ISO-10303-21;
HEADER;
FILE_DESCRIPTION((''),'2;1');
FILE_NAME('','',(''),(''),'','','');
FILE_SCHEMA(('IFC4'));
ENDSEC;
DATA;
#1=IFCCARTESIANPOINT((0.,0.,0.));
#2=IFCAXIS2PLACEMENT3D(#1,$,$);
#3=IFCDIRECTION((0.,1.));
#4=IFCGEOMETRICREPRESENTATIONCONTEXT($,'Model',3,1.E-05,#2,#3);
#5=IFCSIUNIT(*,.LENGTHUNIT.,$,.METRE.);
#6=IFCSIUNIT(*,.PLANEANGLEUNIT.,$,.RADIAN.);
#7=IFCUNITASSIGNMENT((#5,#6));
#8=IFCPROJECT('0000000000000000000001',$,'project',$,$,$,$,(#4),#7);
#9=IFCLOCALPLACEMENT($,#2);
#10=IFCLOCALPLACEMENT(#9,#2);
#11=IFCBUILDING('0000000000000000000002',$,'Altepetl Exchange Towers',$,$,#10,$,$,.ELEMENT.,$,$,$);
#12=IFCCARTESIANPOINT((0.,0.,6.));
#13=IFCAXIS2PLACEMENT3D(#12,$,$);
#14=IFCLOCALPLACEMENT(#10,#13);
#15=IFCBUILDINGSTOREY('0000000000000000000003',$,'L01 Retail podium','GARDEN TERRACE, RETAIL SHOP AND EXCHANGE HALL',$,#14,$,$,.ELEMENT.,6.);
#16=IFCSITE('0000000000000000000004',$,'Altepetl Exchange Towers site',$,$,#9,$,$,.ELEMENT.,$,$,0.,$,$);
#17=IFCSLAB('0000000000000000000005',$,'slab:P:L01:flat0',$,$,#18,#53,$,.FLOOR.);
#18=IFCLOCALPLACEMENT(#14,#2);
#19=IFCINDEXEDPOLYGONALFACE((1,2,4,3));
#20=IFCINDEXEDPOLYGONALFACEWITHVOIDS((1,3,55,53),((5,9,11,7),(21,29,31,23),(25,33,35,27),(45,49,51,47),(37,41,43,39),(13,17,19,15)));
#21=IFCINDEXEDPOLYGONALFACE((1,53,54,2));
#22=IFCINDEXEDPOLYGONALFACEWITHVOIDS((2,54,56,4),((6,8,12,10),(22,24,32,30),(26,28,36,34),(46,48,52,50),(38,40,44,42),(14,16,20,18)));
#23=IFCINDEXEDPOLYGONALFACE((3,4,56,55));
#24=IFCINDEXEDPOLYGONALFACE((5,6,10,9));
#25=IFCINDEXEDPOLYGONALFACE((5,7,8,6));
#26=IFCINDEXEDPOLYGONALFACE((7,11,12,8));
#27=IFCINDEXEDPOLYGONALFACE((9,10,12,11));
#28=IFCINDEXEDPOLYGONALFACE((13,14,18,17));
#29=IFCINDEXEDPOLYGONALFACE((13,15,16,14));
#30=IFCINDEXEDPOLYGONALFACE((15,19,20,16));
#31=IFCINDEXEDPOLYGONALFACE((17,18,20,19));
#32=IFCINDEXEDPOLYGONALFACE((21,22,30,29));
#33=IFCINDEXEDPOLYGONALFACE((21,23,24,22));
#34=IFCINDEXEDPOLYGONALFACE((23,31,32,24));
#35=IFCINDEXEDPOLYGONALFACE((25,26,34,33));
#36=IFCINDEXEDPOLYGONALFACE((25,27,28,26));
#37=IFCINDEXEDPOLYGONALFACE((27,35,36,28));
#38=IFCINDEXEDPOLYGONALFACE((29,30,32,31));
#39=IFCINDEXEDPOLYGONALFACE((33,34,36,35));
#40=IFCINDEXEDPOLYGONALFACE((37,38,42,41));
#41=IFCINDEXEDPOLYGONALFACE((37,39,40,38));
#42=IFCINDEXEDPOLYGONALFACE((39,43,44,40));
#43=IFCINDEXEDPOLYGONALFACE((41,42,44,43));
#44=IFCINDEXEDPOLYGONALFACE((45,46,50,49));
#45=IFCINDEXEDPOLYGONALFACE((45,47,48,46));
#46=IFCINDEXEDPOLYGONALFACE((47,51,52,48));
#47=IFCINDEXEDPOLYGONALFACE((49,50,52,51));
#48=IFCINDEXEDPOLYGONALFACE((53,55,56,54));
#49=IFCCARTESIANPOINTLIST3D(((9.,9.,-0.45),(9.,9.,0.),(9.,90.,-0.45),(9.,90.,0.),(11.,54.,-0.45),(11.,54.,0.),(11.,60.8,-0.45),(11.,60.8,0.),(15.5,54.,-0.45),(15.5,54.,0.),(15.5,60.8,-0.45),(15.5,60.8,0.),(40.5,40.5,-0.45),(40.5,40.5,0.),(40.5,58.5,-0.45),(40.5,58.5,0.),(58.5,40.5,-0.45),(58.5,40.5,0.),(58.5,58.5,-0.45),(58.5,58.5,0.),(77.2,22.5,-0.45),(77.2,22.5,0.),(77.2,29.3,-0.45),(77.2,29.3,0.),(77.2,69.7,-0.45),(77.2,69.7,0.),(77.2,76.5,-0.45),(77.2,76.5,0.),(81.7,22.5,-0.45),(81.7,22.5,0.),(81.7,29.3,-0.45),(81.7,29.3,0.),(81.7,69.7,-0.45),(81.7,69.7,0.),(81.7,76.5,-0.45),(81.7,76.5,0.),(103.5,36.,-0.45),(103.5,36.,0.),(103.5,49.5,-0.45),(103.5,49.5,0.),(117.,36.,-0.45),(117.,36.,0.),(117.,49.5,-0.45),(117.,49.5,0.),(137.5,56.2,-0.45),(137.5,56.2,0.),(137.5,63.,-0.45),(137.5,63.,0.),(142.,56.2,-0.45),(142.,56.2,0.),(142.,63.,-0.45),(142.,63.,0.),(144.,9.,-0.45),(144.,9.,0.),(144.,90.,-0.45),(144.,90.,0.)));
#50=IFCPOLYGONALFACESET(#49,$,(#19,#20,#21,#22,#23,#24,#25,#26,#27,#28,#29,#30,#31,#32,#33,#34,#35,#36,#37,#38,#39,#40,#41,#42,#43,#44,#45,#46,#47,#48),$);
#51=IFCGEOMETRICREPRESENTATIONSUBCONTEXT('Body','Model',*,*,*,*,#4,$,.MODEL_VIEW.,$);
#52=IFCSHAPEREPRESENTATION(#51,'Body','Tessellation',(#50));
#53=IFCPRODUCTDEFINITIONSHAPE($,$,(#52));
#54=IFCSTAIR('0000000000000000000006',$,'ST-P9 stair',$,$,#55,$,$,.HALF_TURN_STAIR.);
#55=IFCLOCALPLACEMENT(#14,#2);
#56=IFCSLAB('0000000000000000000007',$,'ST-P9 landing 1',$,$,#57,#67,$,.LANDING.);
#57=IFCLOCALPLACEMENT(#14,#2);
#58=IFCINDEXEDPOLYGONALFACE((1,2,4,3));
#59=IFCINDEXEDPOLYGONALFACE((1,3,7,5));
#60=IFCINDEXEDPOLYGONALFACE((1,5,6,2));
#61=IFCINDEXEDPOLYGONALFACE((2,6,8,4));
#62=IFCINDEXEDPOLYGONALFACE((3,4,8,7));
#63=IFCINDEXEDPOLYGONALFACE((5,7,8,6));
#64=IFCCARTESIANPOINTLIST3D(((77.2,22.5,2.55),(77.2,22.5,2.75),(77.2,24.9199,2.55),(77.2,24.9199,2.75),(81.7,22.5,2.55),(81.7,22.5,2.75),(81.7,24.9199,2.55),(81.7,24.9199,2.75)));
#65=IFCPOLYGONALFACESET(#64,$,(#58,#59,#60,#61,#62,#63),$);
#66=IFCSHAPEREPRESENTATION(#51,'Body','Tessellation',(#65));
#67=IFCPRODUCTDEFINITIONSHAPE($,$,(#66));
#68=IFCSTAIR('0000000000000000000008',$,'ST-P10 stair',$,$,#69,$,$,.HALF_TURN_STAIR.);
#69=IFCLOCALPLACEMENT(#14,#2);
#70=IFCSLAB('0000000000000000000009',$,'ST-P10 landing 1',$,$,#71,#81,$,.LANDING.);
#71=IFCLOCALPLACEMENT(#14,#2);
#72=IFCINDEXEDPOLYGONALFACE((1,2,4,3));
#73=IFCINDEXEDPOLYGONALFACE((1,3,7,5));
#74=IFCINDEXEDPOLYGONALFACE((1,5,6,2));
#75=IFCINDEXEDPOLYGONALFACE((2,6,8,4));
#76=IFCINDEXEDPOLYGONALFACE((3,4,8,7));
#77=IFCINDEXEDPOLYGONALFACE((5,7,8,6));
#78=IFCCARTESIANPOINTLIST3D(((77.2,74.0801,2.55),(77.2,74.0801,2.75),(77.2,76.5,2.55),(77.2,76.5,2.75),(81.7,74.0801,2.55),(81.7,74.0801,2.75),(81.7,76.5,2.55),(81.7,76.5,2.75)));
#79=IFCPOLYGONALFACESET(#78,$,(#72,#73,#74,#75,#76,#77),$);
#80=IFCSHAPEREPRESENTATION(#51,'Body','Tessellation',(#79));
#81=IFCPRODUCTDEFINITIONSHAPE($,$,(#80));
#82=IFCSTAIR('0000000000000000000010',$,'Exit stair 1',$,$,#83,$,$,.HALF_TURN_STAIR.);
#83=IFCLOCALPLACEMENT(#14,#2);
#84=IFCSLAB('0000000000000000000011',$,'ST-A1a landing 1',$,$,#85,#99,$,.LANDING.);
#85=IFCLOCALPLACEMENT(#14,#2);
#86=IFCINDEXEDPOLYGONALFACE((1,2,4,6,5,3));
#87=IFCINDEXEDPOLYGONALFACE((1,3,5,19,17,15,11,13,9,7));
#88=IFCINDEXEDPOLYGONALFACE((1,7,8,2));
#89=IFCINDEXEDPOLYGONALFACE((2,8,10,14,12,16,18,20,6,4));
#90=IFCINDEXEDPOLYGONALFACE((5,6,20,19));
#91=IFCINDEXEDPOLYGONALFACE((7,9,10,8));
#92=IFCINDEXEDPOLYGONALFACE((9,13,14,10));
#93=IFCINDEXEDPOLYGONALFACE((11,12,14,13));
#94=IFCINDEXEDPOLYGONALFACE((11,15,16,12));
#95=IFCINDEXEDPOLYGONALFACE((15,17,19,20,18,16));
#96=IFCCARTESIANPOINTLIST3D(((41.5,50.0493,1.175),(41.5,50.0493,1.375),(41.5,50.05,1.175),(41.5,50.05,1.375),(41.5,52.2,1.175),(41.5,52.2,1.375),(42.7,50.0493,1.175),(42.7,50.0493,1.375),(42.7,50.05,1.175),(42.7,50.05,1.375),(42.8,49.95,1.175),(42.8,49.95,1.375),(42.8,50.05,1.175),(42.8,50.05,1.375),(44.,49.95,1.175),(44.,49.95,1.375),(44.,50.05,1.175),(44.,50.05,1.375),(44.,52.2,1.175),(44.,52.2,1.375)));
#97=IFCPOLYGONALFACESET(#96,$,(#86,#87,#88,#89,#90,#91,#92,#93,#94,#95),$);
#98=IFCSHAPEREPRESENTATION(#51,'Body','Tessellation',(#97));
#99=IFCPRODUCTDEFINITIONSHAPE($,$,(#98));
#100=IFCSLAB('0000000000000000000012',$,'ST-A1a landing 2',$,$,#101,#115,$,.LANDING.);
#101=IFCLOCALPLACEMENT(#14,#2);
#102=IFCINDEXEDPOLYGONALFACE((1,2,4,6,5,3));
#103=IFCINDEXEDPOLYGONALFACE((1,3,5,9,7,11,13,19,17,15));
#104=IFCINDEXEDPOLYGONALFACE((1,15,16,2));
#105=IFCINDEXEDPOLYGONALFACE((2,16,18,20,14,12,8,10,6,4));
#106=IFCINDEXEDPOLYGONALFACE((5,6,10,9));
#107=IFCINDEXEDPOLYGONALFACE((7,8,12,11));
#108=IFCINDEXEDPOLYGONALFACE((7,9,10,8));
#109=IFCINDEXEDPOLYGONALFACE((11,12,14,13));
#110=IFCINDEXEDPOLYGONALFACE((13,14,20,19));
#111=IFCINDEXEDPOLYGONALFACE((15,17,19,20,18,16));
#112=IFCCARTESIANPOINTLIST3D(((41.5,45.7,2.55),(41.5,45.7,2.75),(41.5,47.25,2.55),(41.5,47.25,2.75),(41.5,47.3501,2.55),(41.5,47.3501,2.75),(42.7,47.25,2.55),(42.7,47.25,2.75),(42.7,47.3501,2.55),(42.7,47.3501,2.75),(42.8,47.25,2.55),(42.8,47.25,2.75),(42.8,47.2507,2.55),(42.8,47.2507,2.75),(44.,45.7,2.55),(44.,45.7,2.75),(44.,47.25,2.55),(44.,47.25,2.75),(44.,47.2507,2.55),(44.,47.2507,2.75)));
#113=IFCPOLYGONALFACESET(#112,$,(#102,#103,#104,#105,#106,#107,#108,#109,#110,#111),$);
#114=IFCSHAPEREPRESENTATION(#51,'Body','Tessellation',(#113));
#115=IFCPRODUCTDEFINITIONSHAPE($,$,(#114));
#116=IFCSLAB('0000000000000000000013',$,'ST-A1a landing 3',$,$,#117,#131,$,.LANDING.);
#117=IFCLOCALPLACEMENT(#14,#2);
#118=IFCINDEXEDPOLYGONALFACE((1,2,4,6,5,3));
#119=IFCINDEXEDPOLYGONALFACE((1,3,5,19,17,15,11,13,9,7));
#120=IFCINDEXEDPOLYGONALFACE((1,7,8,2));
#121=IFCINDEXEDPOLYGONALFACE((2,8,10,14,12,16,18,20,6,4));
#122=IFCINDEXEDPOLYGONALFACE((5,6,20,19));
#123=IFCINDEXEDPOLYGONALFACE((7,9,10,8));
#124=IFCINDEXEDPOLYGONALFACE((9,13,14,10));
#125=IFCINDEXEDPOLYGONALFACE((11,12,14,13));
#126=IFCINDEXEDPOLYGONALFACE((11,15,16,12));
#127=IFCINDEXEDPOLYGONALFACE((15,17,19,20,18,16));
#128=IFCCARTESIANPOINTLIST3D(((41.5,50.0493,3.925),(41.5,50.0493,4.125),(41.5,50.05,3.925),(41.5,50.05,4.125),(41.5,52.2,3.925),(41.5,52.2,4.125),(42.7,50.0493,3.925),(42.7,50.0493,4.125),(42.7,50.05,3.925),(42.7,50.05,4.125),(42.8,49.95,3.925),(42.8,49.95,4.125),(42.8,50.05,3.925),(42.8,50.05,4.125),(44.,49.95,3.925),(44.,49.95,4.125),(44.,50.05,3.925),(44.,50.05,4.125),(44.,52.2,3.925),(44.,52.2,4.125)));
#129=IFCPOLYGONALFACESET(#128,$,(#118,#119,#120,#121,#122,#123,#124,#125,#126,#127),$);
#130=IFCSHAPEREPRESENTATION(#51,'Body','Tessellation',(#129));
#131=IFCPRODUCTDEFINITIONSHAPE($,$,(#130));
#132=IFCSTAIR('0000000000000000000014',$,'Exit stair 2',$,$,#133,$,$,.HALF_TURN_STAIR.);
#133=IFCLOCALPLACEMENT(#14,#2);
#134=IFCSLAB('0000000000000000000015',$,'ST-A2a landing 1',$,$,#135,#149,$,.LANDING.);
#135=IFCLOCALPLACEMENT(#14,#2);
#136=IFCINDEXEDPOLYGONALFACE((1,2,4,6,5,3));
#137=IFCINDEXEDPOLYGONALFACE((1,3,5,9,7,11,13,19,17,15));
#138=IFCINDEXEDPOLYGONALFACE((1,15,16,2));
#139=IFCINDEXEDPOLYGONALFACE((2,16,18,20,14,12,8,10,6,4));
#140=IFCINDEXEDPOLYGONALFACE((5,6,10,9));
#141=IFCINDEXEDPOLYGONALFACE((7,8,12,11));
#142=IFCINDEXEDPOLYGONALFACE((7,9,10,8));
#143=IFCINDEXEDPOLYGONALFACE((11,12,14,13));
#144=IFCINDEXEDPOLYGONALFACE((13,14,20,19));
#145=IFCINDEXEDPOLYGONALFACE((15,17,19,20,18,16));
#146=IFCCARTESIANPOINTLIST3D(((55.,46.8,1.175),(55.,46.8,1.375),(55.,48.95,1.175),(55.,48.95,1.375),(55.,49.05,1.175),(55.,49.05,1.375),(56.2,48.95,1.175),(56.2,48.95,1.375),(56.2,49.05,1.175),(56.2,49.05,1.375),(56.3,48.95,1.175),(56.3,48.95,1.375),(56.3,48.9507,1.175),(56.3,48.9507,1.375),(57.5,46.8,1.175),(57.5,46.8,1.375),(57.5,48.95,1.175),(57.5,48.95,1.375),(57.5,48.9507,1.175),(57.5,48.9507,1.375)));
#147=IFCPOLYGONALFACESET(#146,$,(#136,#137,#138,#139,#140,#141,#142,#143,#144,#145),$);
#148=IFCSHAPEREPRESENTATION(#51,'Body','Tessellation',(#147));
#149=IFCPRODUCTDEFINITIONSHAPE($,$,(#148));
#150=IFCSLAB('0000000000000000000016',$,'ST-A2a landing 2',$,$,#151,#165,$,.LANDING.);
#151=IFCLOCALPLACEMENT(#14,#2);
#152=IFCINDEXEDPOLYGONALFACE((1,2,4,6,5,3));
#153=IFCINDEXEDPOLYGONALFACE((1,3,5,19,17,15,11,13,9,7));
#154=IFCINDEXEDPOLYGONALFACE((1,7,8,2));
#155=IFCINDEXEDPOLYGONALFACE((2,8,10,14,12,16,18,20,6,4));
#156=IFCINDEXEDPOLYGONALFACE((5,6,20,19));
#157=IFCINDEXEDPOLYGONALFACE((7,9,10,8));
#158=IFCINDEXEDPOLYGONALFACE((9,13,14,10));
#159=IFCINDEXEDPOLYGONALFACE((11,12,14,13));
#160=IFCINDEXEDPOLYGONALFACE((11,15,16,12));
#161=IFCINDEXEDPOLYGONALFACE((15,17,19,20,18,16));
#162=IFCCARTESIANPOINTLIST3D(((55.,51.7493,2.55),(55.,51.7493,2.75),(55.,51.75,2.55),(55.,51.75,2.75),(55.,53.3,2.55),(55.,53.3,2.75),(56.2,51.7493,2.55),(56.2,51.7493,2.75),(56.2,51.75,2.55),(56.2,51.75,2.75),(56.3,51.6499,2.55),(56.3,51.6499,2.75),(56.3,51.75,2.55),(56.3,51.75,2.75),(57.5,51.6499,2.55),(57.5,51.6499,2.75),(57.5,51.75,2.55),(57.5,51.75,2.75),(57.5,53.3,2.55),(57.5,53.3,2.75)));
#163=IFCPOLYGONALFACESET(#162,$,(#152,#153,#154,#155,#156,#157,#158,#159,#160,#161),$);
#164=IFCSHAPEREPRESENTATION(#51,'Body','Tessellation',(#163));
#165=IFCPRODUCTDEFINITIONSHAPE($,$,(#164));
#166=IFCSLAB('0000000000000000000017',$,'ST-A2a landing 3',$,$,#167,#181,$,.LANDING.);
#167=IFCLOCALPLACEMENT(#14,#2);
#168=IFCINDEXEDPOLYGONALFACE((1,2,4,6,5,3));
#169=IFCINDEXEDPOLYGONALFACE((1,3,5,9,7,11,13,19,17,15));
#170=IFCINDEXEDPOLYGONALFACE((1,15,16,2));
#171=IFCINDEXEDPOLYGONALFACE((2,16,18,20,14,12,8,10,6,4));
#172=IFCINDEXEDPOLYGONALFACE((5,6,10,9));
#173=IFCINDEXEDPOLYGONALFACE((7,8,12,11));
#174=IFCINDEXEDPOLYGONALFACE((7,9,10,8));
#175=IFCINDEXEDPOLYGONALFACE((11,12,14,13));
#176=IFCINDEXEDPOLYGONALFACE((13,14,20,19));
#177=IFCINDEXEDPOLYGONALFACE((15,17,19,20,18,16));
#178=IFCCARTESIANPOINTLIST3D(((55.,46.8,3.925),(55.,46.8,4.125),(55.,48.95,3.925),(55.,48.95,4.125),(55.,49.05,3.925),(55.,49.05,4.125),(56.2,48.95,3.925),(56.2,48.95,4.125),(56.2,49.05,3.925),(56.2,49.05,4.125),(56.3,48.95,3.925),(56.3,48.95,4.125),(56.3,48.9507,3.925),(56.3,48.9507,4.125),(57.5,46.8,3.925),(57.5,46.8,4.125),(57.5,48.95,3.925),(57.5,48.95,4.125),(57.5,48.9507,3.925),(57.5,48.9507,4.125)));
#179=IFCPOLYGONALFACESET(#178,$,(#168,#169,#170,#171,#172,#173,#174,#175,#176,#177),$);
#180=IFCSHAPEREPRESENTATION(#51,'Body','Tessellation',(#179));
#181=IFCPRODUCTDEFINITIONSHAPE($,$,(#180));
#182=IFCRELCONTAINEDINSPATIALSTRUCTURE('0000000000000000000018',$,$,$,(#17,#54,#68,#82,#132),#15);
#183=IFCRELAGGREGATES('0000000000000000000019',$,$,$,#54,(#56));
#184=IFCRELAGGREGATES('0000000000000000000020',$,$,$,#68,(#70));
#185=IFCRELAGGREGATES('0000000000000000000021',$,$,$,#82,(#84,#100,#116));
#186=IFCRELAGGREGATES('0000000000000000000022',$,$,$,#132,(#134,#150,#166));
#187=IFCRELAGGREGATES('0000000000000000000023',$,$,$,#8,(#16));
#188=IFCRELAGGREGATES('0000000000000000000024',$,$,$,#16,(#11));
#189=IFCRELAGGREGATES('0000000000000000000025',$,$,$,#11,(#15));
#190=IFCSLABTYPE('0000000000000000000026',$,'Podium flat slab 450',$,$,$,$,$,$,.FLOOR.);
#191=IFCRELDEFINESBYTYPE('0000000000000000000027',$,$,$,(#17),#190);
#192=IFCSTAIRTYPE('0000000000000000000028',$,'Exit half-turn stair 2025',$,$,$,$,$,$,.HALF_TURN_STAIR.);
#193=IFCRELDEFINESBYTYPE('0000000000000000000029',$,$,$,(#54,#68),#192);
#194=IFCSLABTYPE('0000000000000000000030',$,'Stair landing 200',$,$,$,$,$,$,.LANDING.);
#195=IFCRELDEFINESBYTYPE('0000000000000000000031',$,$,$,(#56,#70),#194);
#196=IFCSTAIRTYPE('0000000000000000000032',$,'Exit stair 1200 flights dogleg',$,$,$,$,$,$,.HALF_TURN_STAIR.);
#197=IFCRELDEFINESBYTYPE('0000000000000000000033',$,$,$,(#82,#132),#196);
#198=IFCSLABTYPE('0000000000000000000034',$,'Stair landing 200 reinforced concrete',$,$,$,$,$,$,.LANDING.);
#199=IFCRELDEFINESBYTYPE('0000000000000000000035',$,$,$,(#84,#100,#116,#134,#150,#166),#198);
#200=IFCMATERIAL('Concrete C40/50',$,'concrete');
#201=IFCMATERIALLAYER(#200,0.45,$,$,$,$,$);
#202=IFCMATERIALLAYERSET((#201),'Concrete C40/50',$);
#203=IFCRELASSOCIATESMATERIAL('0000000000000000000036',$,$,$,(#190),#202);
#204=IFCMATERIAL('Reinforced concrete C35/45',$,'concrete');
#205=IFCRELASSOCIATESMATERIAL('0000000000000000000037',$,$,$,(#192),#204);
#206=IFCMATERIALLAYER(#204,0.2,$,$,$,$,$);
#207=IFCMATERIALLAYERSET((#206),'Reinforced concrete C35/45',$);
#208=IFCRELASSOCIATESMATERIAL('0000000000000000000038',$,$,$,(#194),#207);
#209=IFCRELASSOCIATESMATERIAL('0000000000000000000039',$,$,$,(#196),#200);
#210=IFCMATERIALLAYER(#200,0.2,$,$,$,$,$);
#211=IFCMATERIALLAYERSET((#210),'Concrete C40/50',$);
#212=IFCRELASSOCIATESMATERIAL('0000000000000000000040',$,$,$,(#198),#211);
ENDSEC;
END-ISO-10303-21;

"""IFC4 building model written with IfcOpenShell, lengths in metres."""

from ifc_helpers import new_model, si_unit, direction, frame, origin, place, context, subcontext, project, spatial, polyline, outline, extrude, material, layer, layer_set, type_object, element, aggregate, save


model = new_model("IFC4")

# Units and contexts
model_context = context("Model", 3, precision=1e-05, world=origin(), true_north=direction((0.0, 1.0)))
body_context = subcontext(model_context, "Body", "Model", "MODEL_VIEW")
ifc_project = project(units=[si_unit("LENGTHUNIT", "METRE"), si_unit("PLANEANGLEUNIT", "RADIAN")], contexts=[model_context])

# Site, building, storey
site_placement = place(None, origin())
site = spatial("IfcSite", under=ifc_project, at=site_placement, Name="Altepetl Exchange Towers site", CompositionType="ELEMENT", RefElevation=0.0)
building_placement = place(site_placement, origin())
building = spatial("IfcBuilding", under=site, at=building_placement, Name="Altepetl Exchange Towers", CompositionType="ELEMENT")
storey_placement = place(building_placement, frame((0.0, 0.0, 6.0)))
storey = spatial("IfcBuildingStorey", under=building, at=storey_placement, Name="L01 Retail podium", Description="GARDEN TERRACE, RETAIL SHOP AND EXCHANGE HALL", CompositionType="ELEMENT", Elevation=6.0)

# Shared definitions
ifc_material_1 = material(Name="Concrete C40/50", Category="concrete")

# Shared definitions
ifc_material_2 = material(Name="Reinforced concrete C35/45", Category="concrete")

# Slab
ifc_layer_1 = layer(ifc_material_1, 0.45)
ifc_layer_set_1 = layer_set([ifc_layer_1], Name="Concrete C40/50")
slab_type_1 = type_object("IfcSlabType", Name="Podium flat slab 450", PredefinedType="FLOOR", material=ifc_layer_set_1)
slab_1_placement = place(storey_placement, frame((0.0, 0.0, -0.45)))
element("IfcSlab", 1, at=slab_1_placement, inside=storey, type_object=slab_type_1, Name="slab:P:L01:flat0", PredefinedType="FLOOR", context=body_context, shape_type="SweptSolid", body=[
    extrude(outline(polyline([(9.0, 9.0), (144.0, 9.0), (144.0, 90.0), (9.0, 90.0), (9.0, 9.0)]), holes=[polyline([(117.0, 36.0), (103.5, 36.0), (103.5, 49.5), (117.0, 49.5), (117.0, 36.0)]), polyline([(58.5, 40.5), (40.5, 40.5), (40.5, 58.5), (58.5, 58.5), (58.5, 40.5)]), polyline([(77.2, 29.3), (81.7, 29.3), (81.7, 22.5), (77.2, 22.5), (77.2, 29.3)]), polyline([(81.7, 76.5), (81.7, 69.7), (77.2, 69.7), (77.2, 76.5), (81.7, 76.5)]), polyline([(15.5, 54.0), (11.0, 54.0), (11.0, 60.8), (15.5, 60.8), (15.5, 54.0)]), polyline([(137.5, 56.2), (137.5, 63.0), (142.0, 63.0), (142.0, 56.2), (137.5, 56.2)])]), origin(), (0.0, 0.0, 1.0), 0.45),
])

# Stairs, slabs
stair_type_1 = type_object("IfcStairType", Name="Exit half-turn stair 2025", PredefinedType="HALF_TURN_STAIR", material=ifc_material_2)
stair_1_placement = place(storey_placement, origin())
stair_1 = element("IfcStair", 2, at=stair_1_placement, inside=storey, type_object=stair_type_1, Name="ST-P9 stair", PredefinedType="HALF_TURN_STAIR")
ifc_layer_2 = layer(ifc_material_2, 0.2)
ifc_layer_set_2 = layer_set([ifc_layer_2], Name="Reinforced concrete C35/45")
slab_type_2 = type_object("IfcSlabType", Name="Stair landing 200", PredefinedType="LANDING", material=ifc_layer_set_2)
slab_2_placement = place(storey_placement, frame((0.0, 0.0, 2.55)))
slab_2 = element("IfcSlab", 3, at=slab_2_placement, type_object=slab_type_2, Name="ST-P9 landing 1", PredefinedType="LANDING", context=body_context, shape_type="SweptSolid", body=[
    extrude(outline(polyline([(81.7, 24.9199), (77.2, 24.9199), (77.2, 22.5), (81.7, 22.5), (81.7, 24.9199)])), origin(), (0.0, 0.0, 1.0), 0.2),
])
aggregate(stair_1, [slab_2])
stair_2_placement = place(storey_placement, origin())
stair_2 = element("IfcStair", 4, at=stair_2_placement, inside=storey, type_object=stair_type_1, Name="ST-P10 stair", PredefinedType="HALF_TURN_STAIR")
slab_3_placement = place(storey_placement, frame((0.0, 0.0, 2.55)))
slab_3 = element("IfcSlab", 5, at=slab_3_placement, type_object=slab_type_2, Name="ST-P10 landing 1", PredefinedType="LANDING", context=body_context, shape_type="SweptSolid", body=[
    extrude(outline(polyline([(77.2, 74.0801), (81.7, 74.0801), (81.7, 76.5), (77.2, 76.5), (77.2, 74.0801)])), origin(), (0.0, 0.0, 1.0), 0.2),
])
aggregate(stair_2, [slab_3])

# Stairs, slabs
stair_type_2 = type_object("IfcStairType", Name="Exit stair 1200 flights dogleg", PredefinedType="HALF_TURN_STAIR", material=ifc_material_1)
stair_3_placement = place(storey_placement, origin())
stair_3 = element("IfcStair", 6, at=stair_3_placement, inside=storey, type_object=stair_type_2, Name="Exit stair 1", PredefinedType="HALF_TURN_STAIR")
ifc_layer_3 = layer(ifc_material_1, 0.2)
ifc_layer_set_3 = layer_set([ifc_layer_3], Name="Concrete C40/50")
slab_type_3 = type_object("IfcSlabType", Name="Stair landing 200 reinforced concrete", PredefinedType="LANDING", material=ifc_layer_set_3)
slab_4_placement = place(storey_placement, frame((0.0, 0.0, 1.175)))
slab_4 = element("IfcSlab", 7, at=slab_4_placement, type_object=slab_type_3, Name="ST-A1a landing 1", PredefinedType="LANDING", context=body_context, shape_type="SweptSolid", body=[
    extrude(outline(polyline([(44.0, 49.95), (42.8, 49.95), (42.8, 50.05), (42.7, 50.05), (42.7, 50.0493), (41.5, 50.0493), (41.5, 50.05), (41.5, 52.2), (44.0, 52.2), (44.0, 50.05), (44.0, 49.95)])), origin(), (0.0, 0.0, 1.0), 0.2),
])
slab_5_placement = place(storey_placement, frame((0.0, 0.0, 2.55)))
slab_5 = element("IfcSlab", 8, at=slab_5_placement, type_object=slab_type_3, Name="ST-A1a landing 2", PredefinedType="LANDING", context=body_context, shape_type="SweptSolid", body=[
    extrude(outline(polyline([(44.0, 45.7), (41.5, 45.7), (41.5, 47.25), (41.5, 47.3501), (42.7, 47.3501), (42.7, 47.25), (42.8, 47.25), (42.8, 47.2507), (44.0, 47.2507), (44.0, 47.25), (44.0, 45.7)])), origin(), (0.0, 0.0, 1.0), 0.2),
])
slab_6_placement = place(storey_placement, frame((0.0, 0.0, 3.925)))
slab_6 = element("IfcSlab", 9, at=slab_6_placement, type_object=slab_type_3, Name="ST-A1a landing 3", PredefinedType="LANDING", context=body_context, shape_type="SweptSolid", body=[
    extrude(outline(polyline([(44.0, 49.95), (42.8, 49.95), (42.8, 50.05), (42.7, 50.05), (42.7, 50.0493), (41.5, 50.0493), (41.5, 50.05), (41.5, 52.2), (44.0, 52.2), (44.0, 50.05), (44.0, 49.95)])), origin(), (0.0, 0.0, 1.0), 0.2),
])
aggregate(stair_3, [slab_4, slab_5, slab_6])
stair_4_placement = place(storey_placement, origin())
stair_4 = element("IfcStair", 10, at=stair_4_placement, inside=storey, type_object=stair_type_2, Name="Exit stair 2", PredefinedType="HALF_TURN_STAIR")
slab_7_placement = place(storey_placement, frame((0.0, 0.0, 1.175)))
slab_7 = element("IfcSlab", 11, at=slab_7_placement, type_object=slab_type_3, Name="ST-A2a landing 1", PredefinedType="LANDING", context=body_context, shape_type="SweptSolid", body=[
    extrude(outline(polyline([(57.5, 46.8), (55.0, 46.8), (55.0, 48.95), (55.0, 49.05), (56.2, 49.05), (56.2, 48.95), (56.3, 48.95), (56.3, 48.9507), (57.5, 48.9507), (57.5, 48.95), (57.5, 46.8)])), origin(), (0.0, 0.0, 1.0), 0.2),
])
slab_8_placement = place(storey_placement, frame((0.0, 0.0, 2.55)))
slab_8 = element("IfcSlab", 12, at=slab_8_placement, type_object=slab_type_3, Name="ST-A2a landing 2", PredefinedType="LANDING", context=body_context, shape_type="SweptSolid", body=[
    extrude(outline(polyline([(57.5, 51.6499), (56.3, 51.6499), (56.3, 51.75), (56.2, 51.75), (56.2, 51.7493), (55.0, 51.7493), (55.0, 51.75), (55.0, 53.3), (57.5, 53.3), (57.5, 51.75), (57.5, 51.6499)])), origin(), (0.0, 0.0, 1.0), 0.2),
])
slab_9_placement = place(storey_placement, frame((0.0, 0.0, 3.925)))
slab_9 = element("IfcSlab", 13, at=slab_9_placement, type_object=slab_type_3, Name="ST-A2a landing 3", PredefinedType="LANDING", context=body_context, shape_type="SweptSolid", body=[
    extrude(outline(polyline([(57.5, 46.8), (55.0, 46.8), (55.0, 48.95), (55.0, 49.05), (56.2, 49.05), (56.2, 48.95), (56.3, 48.95), (56.3, 48.9507), (57.5, 48.9507), (57.5, 48.95), (57.5, 46.8)])), origin(), (0.0, 0.0, 1.0), 0.2),
])
aggregate(stair_4, [slab_7, slab_8, slab_9])

save(model, "model.ifc")
